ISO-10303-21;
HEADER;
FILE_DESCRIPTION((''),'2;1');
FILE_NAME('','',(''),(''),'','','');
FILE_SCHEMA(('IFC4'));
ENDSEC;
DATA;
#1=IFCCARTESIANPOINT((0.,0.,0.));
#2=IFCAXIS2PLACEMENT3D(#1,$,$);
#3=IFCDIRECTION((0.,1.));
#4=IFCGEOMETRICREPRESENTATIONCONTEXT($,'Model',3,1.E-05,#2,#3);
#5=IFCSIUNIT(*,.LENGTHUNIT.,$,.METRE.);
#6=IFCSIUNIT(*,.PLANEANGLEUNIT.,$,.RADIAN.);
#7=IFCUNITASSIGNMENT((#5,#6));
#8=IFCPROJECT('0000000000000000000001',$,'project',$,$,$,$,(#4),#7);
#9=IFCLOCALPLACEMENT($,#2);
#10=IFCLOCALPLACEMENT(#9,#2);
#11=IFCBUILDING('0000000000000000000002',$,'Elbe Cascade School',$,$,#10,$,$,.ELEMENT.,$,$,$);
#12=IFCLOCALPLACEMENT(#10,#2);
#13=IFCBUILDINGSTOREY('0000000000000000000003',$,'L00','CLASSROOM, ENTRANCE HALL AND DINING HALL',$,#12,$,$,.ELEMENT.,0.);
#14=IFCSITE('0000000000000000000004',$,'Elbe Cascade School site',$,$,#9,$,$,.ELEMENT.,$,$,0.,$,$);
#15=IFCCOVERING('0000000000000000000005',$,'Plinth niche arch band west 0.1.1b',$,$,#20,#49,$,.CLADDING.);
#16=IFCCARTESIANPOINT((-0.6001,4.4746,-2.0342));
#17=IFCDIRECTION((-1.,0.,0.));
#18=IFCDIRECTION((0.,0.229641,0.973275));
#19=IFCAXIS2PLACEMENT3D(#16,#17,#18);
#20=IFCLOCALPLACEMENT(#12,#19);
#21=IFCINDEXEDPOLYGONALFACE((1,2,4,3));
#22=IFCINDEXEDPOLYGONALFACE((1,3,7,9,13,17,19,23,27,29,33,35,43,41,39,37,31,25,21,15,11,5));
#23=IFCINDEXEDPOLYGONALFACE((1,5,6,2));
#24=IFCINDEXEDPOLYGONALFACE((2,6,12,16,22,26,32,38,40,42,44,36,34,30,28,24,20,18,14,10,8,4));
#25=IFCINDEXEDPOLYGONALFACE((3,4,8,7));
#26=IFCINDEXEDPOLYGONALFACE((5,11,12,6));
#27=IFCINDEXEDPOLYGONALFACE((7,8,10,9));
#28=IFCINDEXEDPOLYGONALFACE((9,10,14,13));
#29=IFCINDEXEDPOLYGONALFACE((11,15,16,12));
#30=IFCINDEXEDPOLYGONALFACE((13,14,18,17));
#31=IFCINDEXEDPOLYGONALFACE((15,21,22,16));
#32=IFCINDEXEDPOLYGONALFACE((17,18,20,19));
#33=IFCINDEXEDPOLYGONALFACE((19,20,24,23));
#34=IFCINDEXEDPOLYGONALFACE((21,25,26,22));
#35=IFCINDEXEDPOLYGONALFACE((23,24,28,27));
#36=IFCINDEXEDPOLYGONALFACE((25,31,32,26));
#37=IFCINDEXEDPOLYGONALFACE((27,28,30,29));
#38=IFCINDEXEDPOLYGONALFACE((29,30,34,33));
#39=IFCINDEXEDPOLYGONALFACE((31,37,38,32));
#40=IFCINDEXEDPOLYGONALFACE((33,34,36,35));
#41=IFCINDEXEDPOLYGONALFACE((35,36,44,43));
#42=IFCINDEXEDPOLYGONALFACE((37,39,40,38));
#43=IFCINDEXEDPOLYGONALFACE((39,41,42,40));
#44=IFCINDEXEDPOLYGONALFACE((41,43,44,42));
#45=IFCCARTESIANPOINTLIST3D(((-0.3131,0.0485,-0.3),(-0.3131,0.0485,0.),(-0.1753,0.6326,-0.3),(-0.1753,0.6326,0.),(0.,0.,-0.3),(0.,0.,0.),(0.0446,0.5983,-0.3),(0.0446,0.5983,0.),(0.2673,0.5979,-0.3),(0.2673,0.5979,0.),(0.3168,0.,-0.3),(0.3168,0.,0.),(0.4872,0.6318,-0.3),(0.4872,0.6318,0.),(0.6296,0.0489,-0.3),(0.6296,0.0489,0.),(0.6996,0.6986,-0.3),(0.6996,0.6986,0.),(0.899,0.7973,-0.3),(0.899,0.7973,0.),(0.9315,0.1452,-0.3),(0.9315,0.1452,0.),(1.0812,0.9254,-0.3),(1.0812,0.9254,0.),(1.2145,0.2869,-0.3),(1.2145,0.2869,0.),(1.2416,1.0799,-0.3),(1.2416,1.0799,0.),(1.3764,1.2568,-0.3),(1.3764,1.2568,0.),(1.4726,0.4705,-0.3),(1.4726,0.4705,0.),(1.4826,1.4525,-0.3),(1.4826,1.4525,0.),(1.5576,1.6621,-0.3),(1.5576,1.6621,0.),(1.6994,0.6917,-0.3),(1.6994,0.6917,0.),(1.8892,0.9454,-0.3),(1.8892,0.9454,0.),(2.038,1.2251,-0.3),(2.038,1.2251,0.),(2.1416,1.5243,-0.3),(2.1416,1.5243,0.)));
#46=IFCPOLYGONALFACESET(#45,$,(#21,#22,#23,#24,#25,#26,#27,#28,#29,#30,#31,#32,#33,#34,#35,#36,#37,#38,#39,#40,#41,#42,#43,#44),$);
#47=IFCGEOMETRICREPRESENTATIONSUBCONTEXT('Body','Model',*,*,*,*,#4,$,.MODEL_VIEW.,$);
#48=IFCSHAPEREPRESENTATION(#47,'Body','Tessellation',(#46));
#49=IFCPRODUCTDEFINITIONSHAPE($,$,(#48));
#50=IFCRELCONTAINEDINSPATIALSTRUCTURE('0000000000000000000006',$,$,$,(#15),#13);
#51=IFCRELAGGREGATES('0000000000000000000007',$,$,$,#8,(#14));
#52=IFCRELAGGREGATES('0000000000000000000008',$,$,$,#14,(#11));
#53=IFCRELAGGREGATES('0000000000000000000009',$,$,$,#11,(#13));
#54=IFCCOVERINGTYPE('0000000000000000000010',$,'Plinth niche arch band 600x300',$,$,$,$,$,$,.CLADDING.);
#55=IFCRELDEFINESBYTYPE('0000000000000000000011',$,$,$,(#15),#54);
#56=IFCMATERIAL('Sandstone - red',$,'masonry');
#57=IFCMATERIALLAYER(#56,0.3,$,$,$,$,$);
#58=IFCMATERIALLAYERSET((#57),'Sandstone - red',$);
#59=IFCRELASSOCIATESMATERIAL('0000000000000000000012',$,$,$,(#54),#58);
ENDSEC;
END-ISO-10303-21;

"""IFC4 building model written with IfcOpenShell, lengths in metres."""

from ifc_helpers import new_model, si_unit, direction, frame, origin, place, context, subcontext, project, spatial, polyline, outline, extrude, material, layer, layer_set, type_object, element, save


model = new_model("IFC4")

# Units and contexts
model_context = context("Model", 3, precision=1e-05, world=origin(), true_north=direction((0.0, 1.0)))
body_context = subcontext(model_context, "Body", "Model", "MODEL_VIEW")
ifc_project = project(units=[si_unit("LENGTHUNIT", "METRE"), si_unit("PLANEANGLEUNIT", "RADIAN")], contexts=[model_context])

# Site, building, storey
site_placement = place(None, origin())
site = spatial("IfcSite", under=ifc_project, at=site_placement, Name="Elbe Cascade School site", CompositionType="ELEMENT", RefElevation=0.0)
building_placement = place(site_placement, origin())
building = spatial("IfcBuilding", under=site, at=building_placement, Name="Elbe Cascade School", CompositionType="ELEMENT")
storey_placement = place(building_placement, origin())
storey = spatial("IfcBuildingStorey", under=building, at=storey_placement, Name="L00", Description="CLASSROOM, ENTRANCE HALL AND DINING HALL", CompositionType="ELEMENT", Elevation=0.0)

# Covering
ifc_material_1 = material(Name="Sandstone - red", Category="masonry")
ifc_layer = layer(ifc_material_1, 0.3)
ifc_layer_set = layer_set([ifc_layer], Name="Sandstone - red")
covering_type = type_object("IfcCoveringType", Name="Plinth niche arch band 600x300", PredefinedType="CLADDING", material=ifc_layer_set)
covering_placement = place(storey_placement, frame((-0.6001, 4.4746, -2.0342), z_axis=(-1.0, 0.0, 0.0), x_axis=(0.0, 0.229641, 0.973275)))
element("IfcCovering", 1, at=covering_placement, inside=storey, type_object=covering_type, Name="Plinth niche arch band west 0.1.1b", PredefinedType="CLADDING", context=body_context, shape_type="SweptSolid", body=[
    extrude(outline(polyline([(0.0, 0.0), (0.3168, 0.0), (0.6296, 0.0489), (0.9315, 0.1452), (1.2145, 0.2869), (1.4726, 0.4705), (1.6994, 0.6917), (1.8892, 0.9454), (2.038, 1.2251), (2.1416, 1.5243), (1.5576, 1.6621), (1.4826, 1.4525), (1.3764, 1.2568), (1.2416, 1.0799), (1.0812, 0.9254), (0.899, 0.7973), (0.6996, 0.6986), (0.4872, 0.6318), (0.2673, 0.5979), (0.0446, 0.5983), (-0.1753, 0.6326), (-0.3131, 0.0485), (0.0, 0.0)])), origin(), (0.0, 0.0, -1.0), 0.3),
])

save(model, "model.ifc")
